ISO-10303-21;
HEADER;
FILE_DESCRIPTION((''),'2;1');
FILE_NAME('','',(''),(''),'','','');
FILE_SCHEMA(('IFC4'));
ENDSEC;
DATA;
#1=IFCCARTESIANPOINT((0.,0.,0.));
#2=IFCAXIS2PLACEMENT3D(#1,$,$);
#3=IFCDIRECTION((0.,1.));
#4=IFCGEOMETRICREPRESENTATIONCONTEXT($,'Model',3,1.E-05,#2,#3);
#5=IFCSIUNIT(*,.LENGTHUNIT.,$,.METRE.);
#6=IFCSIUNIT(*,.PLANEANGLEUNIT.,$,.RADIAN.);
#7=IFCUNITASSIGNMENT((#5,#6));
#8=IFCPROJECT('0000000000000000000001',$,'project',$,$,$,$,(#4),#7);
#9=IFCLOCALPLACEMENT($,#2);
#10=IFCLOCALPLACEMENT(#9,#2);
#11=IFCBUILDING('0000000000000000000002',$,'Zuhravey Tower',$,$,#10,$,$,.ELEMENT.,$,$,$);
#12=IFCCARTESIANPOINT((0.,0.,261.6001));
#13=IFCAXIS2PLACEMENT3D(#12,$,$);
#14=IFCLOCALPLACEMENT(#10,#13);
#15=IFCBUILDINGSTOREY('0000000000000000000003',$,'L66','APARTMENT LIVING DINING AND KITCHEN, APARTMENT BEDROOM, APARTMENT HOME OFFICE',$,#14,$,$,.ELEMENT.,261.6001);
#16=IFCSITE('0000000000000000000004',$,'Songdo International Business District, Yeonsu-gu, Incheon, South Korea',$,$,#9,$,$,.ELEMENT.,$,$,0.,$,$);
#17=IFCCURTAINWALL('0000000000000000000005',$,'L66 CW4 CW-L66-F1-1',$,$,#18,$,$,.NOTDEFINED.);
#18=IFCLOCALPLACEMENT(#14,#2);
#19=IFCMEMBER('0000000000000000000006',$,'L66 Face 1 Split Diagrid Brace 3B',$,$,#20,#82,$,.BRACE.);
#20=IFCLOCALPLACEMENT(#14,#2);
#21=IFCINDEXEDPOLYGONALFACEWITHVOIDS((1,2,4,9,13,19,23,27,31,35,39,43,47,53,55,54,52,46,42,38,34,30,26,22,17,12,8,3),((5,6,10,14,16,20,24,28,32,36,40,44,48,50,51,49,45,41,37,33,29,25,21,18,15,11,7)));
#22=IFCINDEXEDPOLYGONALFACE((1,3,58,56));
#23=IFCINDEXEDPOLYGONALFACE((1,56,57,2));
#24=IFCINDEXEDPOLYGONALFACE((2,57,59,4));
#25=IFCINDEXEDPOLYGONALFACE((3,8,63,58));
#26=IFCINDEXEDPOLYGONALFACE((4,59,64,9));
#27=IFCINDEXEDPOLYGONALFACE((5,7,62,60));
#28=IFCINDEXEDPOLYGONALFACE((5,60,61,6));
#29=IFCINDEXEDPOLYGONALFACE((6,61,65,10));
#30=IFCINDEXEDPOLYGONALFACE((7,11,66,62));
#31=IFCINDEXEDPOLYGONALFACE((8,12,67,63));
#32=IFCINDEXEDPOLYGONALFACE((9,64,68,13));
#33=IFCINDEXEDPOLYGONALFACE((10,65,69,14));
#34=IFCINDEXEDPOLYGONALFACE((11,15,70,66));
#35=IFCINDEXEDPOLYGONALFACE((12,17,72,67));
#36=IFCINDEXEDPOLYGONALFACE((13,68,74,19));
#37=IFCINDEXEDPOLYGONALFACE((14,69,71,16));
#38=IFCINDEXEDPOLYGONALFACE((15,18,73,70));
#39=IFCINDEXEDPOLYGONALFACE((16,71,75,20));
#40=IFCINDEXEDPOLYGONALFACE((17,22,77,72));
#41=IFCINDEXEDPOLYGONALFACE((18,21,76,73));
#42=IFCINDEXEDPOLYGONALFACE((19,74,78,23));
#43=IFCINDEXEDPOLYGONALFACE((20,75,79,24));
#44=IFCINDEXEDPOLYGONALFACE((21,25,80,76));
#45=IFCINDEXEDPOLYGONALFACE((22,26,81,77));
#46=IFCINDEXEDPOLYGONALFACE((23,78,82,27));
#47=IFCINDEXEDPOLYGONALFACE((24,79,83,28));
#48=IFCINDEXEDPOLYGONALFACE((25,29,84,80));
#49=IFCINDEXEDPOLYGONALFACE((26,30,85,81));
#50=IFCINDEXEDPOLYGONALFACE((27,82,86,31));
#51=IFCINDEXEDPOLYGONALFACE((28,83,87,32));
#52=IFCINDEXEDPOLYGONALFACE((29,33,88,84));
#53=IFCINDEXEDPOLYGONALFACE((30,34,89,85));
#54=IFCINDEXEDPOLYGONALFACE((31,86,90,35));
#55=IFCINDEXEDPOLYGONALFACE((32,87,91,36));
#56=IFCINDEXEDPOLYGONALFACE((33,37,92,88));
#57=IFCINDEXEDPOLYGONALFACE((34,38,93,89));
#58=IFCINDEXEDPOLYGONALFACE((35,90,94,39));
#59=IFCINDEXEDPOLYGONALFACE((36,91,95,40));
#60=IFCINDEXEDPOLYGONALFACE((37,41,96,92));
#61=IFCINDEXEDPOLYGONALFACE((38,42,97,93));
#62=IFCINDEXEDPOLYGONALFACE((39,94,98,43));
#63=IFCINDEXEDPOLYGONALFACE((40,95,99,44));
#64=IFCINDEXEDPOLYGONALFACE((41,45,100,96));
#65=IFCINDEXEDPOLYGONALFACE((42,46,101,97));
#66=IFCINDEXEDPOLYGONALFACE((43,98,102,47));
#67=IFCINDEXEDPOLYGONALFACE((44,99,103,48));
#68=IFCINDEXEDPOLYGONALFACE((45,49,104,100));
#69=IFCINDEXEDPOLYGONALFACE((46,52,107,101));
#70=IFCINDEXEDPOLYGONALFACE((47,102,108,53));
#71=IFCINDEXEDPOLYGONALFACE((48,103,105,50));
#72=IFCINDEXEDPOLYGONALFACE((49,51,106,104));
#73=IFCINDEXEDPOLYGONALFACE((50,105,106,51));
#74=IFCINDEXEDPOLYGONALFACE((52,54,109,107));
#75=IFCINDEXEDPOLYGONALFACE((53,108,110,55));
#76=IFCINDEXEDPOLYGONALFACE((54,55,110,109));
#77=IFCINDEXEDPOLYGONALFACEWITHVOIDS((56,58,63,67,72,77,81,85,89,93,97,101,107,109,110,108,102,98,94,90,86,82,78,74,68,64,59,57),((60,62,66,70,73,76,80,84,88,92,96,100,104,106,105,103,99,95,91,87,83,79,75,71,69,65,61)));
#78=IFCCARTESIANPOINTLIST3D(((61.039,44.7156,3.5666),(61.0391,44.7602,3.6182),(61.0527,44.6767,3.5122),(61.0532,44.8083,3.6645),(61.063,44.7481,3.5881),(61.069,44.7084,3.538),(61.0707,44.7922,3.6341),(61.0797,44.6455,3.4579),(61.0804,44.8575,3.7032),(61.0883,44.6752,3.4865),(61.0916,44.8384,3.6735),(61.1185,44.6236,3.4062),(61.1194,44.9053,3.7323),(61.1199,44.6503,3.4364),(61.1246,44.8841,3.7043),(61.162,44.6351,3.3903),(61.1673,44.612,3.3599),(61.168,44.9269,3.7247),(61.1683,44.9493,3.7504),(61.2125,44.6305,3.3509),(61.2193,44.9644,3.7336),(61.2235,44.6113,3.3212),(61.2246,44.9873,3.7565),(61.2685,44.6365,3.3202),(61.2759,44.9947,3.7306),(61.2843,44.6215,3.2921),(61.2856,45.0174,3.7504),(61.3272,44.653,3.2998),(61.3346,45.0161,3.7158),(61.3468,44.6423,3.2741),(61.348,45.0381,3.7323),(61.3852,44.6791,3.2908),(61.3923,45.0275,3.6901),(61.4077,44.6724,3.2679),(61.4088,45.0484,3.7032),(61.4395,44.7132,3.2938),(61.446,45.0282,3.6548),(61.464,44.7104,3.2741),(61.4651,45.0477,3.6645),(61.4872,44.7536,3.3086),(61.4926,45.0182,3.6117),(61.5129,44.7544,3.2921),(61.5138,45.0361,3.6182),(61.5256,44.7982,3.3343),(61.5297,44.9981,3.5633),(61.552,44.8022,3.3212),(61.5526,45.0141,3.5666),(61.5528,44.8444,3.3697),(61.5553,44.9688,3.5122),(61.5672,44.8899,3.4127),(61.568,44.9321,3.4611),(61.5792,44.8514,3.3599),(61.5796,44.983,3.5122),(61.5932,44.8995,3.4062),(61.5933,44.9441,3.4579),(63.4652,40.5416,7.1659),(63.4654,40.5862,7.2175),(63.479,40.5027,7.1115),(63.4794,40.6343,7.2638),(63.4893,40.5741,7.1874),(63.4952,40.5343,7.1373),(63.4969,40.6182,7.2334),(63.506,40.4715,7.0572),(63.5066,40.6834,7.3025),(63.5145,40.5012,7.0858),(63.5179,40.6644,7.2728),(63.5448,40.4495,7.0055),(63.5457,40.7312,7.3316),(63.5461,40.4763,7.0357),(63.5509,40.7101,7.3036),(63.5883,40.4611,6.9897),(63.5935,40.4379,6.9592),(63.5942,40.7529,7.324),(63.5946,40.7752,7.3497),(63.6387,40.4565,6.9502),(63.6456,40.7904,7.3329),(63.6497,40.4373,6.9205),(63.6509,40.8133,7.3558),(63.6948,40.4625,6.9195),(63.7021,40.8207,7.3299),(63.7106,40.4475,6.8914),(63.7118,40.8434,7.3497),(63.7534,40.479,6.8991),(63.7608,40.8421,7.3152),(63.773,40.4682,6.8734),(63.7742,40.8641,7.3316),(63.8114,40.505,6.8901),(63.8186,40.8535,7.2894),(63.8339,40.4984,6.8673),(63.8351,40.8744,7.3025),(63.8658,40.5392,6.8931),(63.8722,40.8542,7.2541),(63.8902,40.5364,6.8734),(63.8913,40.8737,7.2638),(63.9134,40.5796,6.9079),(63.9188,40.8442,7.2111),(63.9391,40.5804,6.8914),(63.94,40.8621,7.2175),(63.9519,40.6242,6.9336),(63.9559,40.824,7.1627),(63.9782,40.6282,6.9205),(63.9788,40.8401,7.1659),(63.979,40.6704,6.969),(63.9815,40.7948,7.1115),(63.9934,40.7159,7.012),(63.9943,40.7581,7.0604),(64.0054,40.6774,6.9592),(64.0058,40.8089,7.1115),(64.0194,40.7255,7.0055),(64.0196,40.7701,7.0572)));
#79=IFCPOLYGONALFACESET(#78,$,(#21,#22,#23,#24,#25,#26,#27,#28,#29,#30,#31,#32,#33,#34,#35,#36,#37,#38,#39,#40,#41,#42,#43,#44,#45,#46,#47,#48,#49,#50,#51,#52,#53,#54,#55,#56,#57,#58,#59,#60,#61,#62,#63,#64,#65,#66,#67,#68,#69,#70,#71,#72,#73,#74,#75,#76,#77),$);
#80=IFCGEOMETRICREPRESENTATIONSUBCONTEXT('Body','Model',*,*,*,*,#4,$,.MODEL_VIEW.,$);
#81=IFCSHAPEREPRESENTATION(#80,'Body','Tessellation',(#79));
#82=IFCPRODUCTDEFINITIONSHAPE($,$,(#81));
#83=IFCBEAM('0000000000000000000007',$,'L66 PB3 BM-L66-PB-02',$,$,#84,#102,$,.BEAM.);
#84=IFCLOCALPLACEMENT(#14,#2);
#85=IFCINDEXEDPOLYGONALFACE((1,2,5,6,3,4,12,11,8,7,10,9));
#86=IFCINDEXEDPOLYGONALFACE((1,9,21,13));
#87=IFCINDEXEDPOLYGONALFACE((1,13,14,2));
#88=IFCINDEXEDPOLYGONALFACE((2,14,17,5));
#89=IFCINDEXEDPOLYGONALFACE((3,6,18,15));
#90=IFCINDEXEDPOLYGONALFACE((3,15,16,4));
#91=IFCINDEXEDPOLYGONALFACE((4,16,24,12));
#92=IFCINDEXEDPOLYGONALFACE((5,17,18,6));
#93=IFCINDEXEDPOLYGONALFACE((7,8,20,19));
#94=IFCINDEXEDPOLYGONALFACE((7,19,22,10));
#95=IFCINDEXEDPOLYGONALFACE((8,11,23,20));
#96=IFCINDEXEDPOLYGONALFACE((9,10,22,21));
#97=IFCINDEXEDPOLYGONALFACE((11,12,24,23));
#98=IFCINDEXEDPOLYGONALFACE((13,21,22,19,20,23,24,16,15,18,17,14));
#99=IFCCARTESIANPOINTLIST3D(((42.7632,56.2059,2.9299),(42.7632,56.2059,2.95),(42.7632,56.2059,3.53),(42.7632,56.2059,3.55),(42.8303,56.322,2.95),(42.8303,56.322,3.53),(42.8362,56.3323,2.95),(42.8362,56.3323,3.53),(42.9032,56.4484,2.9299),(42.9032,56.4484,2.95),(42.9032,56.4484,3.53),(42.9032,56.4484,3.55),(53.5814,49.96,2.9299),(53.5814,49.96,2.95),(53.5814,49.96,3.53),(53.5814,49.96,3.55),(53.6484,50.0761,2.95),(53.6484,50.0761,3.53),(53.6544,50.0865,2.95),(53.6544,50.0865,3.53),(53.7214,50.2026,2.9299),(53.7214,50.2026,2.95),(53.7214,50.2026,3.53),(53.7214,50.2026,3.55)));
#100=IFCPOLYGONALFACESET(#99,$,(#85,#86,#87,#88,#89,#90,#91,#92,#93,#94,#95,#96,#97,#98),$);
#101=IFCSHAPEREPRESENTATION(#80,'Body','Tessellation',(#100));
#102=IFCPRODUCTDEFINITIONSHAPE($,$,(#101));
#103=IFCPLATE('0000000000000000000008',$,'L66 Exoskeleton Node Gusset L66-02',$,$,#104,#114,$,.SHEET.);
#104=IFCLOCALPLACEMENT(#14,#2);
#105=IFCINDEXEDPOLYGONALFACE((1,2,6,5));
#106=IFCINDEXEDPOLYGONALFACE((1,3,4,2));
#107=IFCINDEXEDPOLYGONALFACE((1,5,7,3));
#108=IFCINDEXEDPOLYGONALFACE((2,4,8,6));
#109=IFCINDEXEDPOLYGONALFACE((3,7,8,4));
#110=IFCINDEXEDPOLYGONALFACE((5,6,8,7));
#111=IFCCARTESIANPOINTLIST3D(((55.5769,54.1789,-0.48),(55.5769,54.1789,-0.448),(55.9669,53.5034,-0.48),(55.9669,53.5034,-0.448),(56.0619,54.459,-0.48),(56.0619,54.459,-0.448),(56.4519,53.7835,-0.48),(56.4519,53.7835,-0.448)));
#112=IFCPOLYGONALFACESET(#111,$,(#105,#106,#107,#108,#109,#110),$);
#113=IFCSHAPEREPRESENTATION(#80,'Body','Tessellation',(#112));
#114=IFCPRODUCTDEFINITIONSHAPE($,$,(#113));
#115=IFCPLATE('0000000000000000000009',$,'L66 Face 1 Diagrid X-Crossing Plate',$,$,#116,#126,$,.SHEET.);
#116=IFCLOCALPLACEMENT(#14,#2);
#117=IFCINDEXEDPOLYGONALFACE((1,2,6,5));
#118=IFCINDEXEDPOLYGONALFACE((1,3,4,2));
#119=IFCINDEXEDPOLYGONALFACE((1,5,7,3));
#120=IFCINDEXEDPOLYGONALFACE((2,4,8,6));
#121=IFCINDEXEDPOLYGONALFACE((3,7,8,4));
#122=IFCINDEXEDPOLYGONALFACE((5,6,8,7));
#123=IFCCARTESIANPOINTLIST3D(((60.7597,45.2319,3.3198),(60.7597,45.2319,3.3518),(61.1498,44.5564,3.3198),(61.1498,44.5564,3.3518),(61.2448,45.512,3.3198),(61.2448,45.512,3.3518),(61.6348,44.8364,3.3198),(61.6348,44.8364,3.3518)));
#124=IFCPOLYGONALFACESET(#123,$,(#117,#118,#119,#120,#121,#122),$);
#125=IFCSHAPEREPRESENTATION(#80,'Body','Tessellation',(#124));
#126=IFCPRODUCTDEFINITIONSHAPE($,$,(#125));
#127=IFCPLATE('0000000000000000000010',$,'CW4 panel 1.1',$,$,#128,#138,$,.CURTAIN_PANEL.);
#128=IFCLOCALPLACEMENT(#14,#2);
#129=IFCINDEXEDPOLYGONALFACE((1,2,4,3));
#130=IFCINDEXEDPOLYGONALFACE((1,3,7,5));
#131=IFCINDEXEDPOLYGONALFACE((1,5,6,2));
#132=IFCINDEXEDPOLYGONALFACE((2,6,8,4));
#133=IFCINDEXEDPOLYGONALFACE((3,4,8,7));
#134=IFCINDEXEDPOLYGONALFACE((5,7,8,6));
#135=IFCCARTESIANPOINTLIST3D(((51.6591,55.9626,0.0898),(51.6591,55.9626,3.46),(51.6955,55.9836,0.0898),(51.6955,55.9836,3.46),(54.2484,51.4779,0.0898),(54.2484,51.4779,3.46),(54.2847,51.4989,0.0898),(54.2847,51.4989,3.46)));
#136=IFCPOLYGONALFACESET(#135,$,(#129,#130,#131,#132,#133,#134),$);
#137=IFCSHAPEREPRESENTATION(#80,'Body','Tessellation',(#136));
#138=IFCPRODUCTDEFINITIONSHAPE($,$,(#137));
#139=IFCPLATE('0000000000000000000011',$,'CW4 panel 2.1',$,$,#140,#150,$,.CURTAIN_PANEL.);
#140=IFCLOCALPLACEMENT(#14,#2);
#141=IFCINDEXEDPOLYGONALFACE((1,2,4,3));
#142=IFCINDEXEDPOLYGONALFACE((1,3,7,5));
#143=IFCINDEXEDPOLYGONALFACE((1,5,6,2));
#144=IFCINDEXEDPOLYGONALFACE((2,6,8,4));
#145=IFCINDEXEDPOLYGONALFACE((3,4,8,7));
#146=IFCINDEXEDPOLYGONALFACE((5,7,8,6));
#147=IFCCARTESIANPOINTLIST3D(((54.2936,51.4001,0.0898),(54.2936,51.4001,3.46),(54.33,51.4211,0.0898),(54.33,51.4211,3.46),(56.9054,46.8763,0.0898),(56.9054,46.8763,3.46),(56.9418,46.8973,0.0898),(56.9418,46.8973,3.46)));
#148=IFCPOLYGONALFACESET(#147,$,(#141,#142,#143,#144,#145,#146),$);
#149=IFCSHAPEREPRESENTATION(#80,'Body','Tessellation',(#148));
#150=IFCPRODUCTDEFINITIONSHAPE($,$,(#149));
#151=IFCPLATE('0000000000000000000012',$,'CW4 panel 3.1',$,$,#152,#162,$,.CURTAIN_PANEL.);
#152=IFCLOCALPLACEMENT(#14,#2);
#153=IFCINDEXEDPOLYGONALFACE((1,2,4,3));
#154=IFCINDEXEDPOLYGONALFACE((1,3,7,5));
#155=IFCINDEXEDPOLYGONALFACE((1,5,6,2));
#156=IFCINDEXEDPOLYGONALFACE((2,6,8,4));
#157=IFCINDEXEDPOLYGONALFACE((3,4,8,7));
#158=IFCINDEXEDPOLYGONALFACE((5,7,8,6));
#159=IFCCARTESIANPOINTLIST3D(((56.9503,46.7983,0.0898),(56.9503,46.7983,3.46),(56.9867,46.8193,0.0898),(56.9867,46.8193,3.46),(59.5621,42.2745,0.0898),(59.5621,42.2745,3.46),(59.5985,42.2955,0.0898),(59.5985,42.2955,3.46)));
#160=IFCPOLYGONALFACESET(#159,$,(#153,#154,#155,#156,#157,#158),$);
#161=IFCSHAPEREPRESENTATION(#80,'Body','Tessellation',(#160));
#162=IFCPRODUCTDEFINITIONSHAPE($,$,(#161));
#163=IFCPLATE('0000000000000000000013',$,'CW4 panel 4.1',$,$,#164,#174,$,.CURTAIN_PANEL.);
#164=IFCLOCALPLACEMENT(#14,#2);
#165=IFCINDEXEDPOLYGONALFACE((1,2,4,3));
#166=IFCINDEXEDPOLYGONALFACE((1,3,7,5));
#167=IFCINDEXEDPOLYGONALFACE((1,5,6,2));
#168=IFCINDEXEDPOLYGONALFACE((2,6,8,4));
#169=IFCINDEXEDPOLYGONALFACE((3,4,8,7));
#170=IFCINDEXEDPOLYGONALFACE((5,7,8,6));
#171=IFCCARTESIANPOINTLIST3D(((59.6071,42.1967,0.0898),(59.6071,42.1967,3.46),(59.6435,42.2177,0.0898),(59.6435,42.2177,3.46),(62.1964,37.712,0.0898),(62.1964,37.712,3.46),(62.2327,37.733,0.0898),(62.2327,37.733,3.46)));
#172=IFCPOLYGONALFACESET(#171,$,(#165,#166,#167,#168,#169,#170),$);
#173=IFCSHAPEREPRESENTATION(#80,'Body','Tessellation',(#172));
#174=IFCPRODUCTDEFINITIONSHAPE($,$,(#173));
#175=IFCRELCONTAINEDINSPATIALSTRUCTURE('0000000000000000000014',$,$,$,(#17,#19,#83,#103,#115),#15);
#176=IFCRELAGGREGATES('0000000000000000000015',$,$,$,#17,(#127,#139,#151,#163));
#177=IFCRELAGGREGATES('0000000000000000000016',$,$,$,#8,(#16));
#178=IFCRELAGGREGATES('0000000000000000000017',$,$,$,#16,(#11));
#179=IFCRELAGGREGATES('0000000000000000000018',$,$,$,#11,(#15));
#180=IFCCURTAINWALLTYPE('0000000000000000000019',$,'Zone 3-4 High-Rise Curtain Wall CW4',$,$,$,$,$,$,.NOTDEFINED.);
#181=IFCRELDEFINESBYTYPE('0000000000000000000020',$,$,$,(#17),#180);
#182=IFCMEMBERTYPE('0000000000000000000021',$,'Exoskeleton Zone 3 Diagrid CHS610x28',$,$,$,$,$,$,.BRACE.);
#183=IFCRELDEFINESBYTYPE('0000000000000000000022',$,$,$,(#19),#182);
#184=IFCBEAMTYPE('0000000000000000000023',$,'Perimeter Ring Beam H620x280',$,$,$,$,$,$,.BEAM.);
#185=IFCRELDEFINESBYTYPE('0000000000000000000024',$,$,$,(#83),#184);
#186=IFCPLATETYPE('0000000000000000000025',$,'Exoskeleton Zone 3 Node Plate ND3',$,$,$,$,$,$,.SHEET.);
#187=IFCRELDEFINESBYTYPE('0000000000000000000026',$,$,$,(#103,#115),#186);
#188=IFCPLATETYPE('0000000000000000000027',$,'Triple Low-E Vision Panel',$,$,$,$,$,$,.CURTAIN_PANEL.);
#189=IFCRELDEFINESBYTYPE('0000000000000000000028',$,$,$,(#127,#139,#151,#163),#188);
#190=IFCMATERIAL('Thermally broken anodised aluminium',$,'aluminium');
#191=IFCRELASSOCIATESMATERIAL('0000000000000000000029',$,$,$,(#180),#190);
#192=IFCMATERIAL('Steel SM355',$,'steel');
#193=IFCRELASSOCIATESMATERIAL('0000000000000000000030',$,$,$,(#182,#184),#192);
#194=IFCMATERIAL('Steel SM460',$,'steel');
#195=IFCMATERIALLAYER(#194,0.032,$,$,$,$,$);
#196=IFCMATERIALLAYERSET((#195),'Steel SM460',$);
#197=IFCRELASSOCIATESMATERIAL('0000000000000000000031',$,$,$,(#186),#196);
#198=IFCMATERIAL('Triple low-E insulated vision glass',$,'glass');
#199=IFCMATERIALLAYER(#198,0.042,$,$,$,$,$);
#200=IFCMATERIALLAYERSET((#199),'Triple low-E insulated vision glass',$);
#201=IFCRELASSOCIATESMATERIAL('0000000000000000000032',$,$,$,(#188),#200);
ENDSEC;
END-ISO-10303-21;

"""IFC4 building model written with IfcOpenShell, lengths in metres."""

from ifc_helpers import new_model, si_unit, direction, frame, origin, origin_2d, place, context, subcontext, project, spatial, rectangle, hollow_circle, i_section, extrude, material, layer, layer_set, material_profile, profile_set, type_object, element, aggregate, save


model = new_model("IFC4")

# Units and contexts
model_context = context("Model", 3, precision=1e-05, world=origin(), true_north=direction((0.0, 1.0)))
body_context = subcontext(model_context, "Body", "Model", "MODEL_VIEW")
ifc_project = project(units=[si_unit("LENGTHUNIT", "METRE"), si_unit("PLANEANGLEUNIT", "RADIAN")], contexts=[model_context])

# Site, building, storey
site_placement = place(None, origin())
site = spatial("IfcSite", under=ifc_project, at=site_placement, Name="Songdo International Business District, Yeonsu-gu, Incheon, South Korea", CompositionType="ELEMENT", RefElevation=0.0)
building_placement = place(site_placement, origin())
building = spatial("IfcBuilding", under=site, at=building_placement, Name="Zuhravey Tower", CompositionType="ELEMENT")
storey_placement = place(building_placement, frame((0.0, 0.0, 261.6001)))
storey = spatial("IfcBuildingStorey", under=building, at=storey_placement, Name="L66", Description="APARTMENT LIVING DINING AND KITCHEN, APARTMENT BEDROOM, APARTMENT HOME OFFICE", CompositionType="ELEMENT", Elevation=261.6001)

# Curtain wall
ifc_material_1 = material(Name="Thermally broken anodised aluminium", Category="aluminium")
curtain_wall_type = type_object("IfcCurtainWallType", Name="Zone 3-4 High-Rise Curtain Wall CW4", PredefinedType="NOTDEFINED", material=ifc_material_1)
curtain_wall_placement = place(storey_placement, origin())
curtain_wall = element("IfcCurtainWall", 1, at=curtain_wall_placement, inside=storey, type_object=curtain_wall_type, Name="L66 CW4 CW-L66-F1-1", PredefinedType="NOTDEFINED")

# Member
ifc_material_2 = material(Name="Steel SM355", Category="steel")
ifc_material_profile_1 = material_profile(ifc_material_2, hollow_circle(Radius=0.3047, WallThickness=0.0281, at=origin_2d()), Name="CHS-609.6x28")
ifc_profile_set_1 = profile_set([ifc_material_profile_1], Name="Steel SM355")
member_type_1 = type_object("IfcMemberType", Name="Exoskeleton Zone 3 Diagrid CHS610x28", PredefinedType="BRACE", material=ifc_profile_set_1)
member_1_placement = place(storey_placement, frame((61.3162, 44.8298, 3.5122), z_axis=(0.402898, -0.693131, 0.597698), x_axis=(0.864554, 0.50254, 0.0)))
element("IfcMember", 2, at=member_1_placement, inside=storey, type_object=member_type_1, Name="L66 Face 1 Split Diagrid Brace 3B", PredefinedType="BRACE", context=body_context, shape_type="SweptSolid", body=[
    extrude(hollow_circle(Radius=0.3047, WallThickness=0.0281, at=origin_2d()), origin(), (0.0, 0.0, 1.0), 6.022),
])

# Beam
ifc_material_profile_2 = material_profile(ifc_material_2, i_section(OverallWidth=0.28, OverallDepth=0.6201, WebThickness=0.012, FlangeThickness=0.02, at=origin_2d()), Name="H-620x280x12x20")
ifc_profile_set_2 = profile_set([ifc_material_profile_2], Name="Steel SM355")
beam_type = type_object("IfcBeamType", Name="Perimeter Ring Beam H620x280", PredefinedType="BEAM", material=ifc_profile_set_2)
beam_placement = place(storey_placement, frame((53.6514, 50.0813, 3.24), z_axis=(-0.866025, 0.5, 0.0), x_axis=(-0.5, -0.866025, 0.0)))
element("IfcBeam", 3, at=beam_placement, inside=storey, type_object=beam_type, Name="L66 PB3 BM-L66-PB-02", PredefinedType="BEAM", context=body_context, shape_type="SweptSolid", body=[
    extrude(i_section(OverallWidth=0.28, OverallDepth=0.6201, WebThickness=0.012, FlangeThickness=0.02, at=origin_2d()), origin(), (0.0, 0.0, 1.0), 12.4917),
])

# Plates
ifc_material_3 = material(Name="Steel SM460", Category="steel")
ifc_layer_1 = layer(ifc_material_3, 0.032)
ifc_layer_set_1 = layer_set([ifc_layer_1], Name="Steel SM460")
plate_type_1 = type_object("IfcPlateType", Name="Exoskeleton Zone 3 Node Plate ND3", PredefinedType="SHEET", material=ifc_layer_set_1)
for number, where, z_axis, x_axis, name in (
    (4, (56.0144, 53.9812, -0.48), (0.0, 0.0, 1.0), (-0.5, 0.866025, 0.0), "L66 Exoskeleton Node Gusset L66-02"),
    (5, (61.1973, 45.0342, 3.3198), (0.0, 0.0, 1.0), (-0.5, 0.866025, 0.0), "L66 Face 1 Diagrid X-Crossing Plate"),
):
    element("IfcPlate", number, at=place(storey_placement, frame(where, z_axis=z_axis, x_axis=x_axis)), inside=storey, type_object=plate_type_1, Name=name, PredefinedType="SHEET", context=body_context, shape_type="SweptSolid", body=[
        extrude(rectangle(XDim=0.78, YDim=0.5601, at=origin_2d()), origin(), (0.0, 0.0, 1.0), 0.032),
    ])

# Plates
ifc_material_4 = material(Name="Triple low-E insulated vision glass", Category="glass")
ifc_layer_2 = layer(ifc_material_4, 0.042)
ifc_layer_set_2 = layer_set([ifc_layer_2], Name="Triple low-E insulated vision glass")
plate_type_2 = type_object("IfcPlateType", Name="Triple Low-E Vision Panel", PredefinedType="CURTAIN_PANEL", material=ifc_layer_set_2)
plate_1_placement = place(storey_placement, frame((52.9719, 53.7307, 0.0898), z_axis=(0.0, 0.0, 1.0), x_axis=(0.5, -0.866026, 0.0)))
plate_1 = element("IfcPlate", 6, at=plate_1_placement, type_object=plate_type_2, Name="CW4 panel 1.1", PredefinedType="CURTAIN_PANEL", context=body_context, shape_type="SweptSolid", body=[
    extrude(rectangle(XDim=5.1785, YDim=0.042, at=origin_2d()), origin(), (0.0, 0.0, 1.0), 3.3701),
])
plate_2_placement = place(storey_placement, frame((55.6177, 49.1487, 0.0898), z_axis=(0.0, 0.0, 1.0), x_axis=(0.5, -0.866026, 0.0)))
plate_2 = element("IfcPlate", 7, at=plate_2_placement, type_object=plate_type_2, Name="CW4 panel 2.1", PredefinedType="CURTAIN_PANEL", context=body_context, shape_type="SweptSolid", body=[
    extrude(rectangle(XDim=5.2236, YDim=0.042, at=origin_2d()), origin(), (0.0, 0.0, 1.0), 3.3701),
])
plate_3_placement = place(storey_placement, frame((58.2744, 44.5469, 0.0898), z_axis=(0.0, 0.0, 1.0), x_axis=(0.5, -0.866026, 0.0)))
plate_3 = element("IfcPlate", 8, at=plate_3_placement, type_object=plate_type_2, Name="CW4 panel 3.1", PredefinedType="CURTAIN_PANEL", context=body_context, shape_type="SweptSolid", body=[
    extrude(rectangle(XDim=5.2236, YDim=0.042, at=origin_2d()), origin(), (0.0, 0.0, 1.0), 3.3701),
])
plate_4_placement = place(storey_placement, frame((60.9199, 39.9648, 0.0898), z_axis=(0.0, 0.0, 1.0), x_axis=(0.5, -0.866026, 0.0)))
plate_4 = element("IfcPlate", 9, at=plate_4_placement, type_object=plate_type_2, Name="CW4 panel 4.1", PredefinedType="CURTAIN_PANEL", context=body_context, shape_type="SweptSolid", body=[
    extrude(rectangle(XDim=5.1785, YDim=0.042, at=origin_2d()), origin(), (0.0, 0.0, 1.0), 3.3701),
])
aggregate(curtain_wall, [plate_1, plate_2, plate_3, plate_4])

save(model, "model.ifc")
